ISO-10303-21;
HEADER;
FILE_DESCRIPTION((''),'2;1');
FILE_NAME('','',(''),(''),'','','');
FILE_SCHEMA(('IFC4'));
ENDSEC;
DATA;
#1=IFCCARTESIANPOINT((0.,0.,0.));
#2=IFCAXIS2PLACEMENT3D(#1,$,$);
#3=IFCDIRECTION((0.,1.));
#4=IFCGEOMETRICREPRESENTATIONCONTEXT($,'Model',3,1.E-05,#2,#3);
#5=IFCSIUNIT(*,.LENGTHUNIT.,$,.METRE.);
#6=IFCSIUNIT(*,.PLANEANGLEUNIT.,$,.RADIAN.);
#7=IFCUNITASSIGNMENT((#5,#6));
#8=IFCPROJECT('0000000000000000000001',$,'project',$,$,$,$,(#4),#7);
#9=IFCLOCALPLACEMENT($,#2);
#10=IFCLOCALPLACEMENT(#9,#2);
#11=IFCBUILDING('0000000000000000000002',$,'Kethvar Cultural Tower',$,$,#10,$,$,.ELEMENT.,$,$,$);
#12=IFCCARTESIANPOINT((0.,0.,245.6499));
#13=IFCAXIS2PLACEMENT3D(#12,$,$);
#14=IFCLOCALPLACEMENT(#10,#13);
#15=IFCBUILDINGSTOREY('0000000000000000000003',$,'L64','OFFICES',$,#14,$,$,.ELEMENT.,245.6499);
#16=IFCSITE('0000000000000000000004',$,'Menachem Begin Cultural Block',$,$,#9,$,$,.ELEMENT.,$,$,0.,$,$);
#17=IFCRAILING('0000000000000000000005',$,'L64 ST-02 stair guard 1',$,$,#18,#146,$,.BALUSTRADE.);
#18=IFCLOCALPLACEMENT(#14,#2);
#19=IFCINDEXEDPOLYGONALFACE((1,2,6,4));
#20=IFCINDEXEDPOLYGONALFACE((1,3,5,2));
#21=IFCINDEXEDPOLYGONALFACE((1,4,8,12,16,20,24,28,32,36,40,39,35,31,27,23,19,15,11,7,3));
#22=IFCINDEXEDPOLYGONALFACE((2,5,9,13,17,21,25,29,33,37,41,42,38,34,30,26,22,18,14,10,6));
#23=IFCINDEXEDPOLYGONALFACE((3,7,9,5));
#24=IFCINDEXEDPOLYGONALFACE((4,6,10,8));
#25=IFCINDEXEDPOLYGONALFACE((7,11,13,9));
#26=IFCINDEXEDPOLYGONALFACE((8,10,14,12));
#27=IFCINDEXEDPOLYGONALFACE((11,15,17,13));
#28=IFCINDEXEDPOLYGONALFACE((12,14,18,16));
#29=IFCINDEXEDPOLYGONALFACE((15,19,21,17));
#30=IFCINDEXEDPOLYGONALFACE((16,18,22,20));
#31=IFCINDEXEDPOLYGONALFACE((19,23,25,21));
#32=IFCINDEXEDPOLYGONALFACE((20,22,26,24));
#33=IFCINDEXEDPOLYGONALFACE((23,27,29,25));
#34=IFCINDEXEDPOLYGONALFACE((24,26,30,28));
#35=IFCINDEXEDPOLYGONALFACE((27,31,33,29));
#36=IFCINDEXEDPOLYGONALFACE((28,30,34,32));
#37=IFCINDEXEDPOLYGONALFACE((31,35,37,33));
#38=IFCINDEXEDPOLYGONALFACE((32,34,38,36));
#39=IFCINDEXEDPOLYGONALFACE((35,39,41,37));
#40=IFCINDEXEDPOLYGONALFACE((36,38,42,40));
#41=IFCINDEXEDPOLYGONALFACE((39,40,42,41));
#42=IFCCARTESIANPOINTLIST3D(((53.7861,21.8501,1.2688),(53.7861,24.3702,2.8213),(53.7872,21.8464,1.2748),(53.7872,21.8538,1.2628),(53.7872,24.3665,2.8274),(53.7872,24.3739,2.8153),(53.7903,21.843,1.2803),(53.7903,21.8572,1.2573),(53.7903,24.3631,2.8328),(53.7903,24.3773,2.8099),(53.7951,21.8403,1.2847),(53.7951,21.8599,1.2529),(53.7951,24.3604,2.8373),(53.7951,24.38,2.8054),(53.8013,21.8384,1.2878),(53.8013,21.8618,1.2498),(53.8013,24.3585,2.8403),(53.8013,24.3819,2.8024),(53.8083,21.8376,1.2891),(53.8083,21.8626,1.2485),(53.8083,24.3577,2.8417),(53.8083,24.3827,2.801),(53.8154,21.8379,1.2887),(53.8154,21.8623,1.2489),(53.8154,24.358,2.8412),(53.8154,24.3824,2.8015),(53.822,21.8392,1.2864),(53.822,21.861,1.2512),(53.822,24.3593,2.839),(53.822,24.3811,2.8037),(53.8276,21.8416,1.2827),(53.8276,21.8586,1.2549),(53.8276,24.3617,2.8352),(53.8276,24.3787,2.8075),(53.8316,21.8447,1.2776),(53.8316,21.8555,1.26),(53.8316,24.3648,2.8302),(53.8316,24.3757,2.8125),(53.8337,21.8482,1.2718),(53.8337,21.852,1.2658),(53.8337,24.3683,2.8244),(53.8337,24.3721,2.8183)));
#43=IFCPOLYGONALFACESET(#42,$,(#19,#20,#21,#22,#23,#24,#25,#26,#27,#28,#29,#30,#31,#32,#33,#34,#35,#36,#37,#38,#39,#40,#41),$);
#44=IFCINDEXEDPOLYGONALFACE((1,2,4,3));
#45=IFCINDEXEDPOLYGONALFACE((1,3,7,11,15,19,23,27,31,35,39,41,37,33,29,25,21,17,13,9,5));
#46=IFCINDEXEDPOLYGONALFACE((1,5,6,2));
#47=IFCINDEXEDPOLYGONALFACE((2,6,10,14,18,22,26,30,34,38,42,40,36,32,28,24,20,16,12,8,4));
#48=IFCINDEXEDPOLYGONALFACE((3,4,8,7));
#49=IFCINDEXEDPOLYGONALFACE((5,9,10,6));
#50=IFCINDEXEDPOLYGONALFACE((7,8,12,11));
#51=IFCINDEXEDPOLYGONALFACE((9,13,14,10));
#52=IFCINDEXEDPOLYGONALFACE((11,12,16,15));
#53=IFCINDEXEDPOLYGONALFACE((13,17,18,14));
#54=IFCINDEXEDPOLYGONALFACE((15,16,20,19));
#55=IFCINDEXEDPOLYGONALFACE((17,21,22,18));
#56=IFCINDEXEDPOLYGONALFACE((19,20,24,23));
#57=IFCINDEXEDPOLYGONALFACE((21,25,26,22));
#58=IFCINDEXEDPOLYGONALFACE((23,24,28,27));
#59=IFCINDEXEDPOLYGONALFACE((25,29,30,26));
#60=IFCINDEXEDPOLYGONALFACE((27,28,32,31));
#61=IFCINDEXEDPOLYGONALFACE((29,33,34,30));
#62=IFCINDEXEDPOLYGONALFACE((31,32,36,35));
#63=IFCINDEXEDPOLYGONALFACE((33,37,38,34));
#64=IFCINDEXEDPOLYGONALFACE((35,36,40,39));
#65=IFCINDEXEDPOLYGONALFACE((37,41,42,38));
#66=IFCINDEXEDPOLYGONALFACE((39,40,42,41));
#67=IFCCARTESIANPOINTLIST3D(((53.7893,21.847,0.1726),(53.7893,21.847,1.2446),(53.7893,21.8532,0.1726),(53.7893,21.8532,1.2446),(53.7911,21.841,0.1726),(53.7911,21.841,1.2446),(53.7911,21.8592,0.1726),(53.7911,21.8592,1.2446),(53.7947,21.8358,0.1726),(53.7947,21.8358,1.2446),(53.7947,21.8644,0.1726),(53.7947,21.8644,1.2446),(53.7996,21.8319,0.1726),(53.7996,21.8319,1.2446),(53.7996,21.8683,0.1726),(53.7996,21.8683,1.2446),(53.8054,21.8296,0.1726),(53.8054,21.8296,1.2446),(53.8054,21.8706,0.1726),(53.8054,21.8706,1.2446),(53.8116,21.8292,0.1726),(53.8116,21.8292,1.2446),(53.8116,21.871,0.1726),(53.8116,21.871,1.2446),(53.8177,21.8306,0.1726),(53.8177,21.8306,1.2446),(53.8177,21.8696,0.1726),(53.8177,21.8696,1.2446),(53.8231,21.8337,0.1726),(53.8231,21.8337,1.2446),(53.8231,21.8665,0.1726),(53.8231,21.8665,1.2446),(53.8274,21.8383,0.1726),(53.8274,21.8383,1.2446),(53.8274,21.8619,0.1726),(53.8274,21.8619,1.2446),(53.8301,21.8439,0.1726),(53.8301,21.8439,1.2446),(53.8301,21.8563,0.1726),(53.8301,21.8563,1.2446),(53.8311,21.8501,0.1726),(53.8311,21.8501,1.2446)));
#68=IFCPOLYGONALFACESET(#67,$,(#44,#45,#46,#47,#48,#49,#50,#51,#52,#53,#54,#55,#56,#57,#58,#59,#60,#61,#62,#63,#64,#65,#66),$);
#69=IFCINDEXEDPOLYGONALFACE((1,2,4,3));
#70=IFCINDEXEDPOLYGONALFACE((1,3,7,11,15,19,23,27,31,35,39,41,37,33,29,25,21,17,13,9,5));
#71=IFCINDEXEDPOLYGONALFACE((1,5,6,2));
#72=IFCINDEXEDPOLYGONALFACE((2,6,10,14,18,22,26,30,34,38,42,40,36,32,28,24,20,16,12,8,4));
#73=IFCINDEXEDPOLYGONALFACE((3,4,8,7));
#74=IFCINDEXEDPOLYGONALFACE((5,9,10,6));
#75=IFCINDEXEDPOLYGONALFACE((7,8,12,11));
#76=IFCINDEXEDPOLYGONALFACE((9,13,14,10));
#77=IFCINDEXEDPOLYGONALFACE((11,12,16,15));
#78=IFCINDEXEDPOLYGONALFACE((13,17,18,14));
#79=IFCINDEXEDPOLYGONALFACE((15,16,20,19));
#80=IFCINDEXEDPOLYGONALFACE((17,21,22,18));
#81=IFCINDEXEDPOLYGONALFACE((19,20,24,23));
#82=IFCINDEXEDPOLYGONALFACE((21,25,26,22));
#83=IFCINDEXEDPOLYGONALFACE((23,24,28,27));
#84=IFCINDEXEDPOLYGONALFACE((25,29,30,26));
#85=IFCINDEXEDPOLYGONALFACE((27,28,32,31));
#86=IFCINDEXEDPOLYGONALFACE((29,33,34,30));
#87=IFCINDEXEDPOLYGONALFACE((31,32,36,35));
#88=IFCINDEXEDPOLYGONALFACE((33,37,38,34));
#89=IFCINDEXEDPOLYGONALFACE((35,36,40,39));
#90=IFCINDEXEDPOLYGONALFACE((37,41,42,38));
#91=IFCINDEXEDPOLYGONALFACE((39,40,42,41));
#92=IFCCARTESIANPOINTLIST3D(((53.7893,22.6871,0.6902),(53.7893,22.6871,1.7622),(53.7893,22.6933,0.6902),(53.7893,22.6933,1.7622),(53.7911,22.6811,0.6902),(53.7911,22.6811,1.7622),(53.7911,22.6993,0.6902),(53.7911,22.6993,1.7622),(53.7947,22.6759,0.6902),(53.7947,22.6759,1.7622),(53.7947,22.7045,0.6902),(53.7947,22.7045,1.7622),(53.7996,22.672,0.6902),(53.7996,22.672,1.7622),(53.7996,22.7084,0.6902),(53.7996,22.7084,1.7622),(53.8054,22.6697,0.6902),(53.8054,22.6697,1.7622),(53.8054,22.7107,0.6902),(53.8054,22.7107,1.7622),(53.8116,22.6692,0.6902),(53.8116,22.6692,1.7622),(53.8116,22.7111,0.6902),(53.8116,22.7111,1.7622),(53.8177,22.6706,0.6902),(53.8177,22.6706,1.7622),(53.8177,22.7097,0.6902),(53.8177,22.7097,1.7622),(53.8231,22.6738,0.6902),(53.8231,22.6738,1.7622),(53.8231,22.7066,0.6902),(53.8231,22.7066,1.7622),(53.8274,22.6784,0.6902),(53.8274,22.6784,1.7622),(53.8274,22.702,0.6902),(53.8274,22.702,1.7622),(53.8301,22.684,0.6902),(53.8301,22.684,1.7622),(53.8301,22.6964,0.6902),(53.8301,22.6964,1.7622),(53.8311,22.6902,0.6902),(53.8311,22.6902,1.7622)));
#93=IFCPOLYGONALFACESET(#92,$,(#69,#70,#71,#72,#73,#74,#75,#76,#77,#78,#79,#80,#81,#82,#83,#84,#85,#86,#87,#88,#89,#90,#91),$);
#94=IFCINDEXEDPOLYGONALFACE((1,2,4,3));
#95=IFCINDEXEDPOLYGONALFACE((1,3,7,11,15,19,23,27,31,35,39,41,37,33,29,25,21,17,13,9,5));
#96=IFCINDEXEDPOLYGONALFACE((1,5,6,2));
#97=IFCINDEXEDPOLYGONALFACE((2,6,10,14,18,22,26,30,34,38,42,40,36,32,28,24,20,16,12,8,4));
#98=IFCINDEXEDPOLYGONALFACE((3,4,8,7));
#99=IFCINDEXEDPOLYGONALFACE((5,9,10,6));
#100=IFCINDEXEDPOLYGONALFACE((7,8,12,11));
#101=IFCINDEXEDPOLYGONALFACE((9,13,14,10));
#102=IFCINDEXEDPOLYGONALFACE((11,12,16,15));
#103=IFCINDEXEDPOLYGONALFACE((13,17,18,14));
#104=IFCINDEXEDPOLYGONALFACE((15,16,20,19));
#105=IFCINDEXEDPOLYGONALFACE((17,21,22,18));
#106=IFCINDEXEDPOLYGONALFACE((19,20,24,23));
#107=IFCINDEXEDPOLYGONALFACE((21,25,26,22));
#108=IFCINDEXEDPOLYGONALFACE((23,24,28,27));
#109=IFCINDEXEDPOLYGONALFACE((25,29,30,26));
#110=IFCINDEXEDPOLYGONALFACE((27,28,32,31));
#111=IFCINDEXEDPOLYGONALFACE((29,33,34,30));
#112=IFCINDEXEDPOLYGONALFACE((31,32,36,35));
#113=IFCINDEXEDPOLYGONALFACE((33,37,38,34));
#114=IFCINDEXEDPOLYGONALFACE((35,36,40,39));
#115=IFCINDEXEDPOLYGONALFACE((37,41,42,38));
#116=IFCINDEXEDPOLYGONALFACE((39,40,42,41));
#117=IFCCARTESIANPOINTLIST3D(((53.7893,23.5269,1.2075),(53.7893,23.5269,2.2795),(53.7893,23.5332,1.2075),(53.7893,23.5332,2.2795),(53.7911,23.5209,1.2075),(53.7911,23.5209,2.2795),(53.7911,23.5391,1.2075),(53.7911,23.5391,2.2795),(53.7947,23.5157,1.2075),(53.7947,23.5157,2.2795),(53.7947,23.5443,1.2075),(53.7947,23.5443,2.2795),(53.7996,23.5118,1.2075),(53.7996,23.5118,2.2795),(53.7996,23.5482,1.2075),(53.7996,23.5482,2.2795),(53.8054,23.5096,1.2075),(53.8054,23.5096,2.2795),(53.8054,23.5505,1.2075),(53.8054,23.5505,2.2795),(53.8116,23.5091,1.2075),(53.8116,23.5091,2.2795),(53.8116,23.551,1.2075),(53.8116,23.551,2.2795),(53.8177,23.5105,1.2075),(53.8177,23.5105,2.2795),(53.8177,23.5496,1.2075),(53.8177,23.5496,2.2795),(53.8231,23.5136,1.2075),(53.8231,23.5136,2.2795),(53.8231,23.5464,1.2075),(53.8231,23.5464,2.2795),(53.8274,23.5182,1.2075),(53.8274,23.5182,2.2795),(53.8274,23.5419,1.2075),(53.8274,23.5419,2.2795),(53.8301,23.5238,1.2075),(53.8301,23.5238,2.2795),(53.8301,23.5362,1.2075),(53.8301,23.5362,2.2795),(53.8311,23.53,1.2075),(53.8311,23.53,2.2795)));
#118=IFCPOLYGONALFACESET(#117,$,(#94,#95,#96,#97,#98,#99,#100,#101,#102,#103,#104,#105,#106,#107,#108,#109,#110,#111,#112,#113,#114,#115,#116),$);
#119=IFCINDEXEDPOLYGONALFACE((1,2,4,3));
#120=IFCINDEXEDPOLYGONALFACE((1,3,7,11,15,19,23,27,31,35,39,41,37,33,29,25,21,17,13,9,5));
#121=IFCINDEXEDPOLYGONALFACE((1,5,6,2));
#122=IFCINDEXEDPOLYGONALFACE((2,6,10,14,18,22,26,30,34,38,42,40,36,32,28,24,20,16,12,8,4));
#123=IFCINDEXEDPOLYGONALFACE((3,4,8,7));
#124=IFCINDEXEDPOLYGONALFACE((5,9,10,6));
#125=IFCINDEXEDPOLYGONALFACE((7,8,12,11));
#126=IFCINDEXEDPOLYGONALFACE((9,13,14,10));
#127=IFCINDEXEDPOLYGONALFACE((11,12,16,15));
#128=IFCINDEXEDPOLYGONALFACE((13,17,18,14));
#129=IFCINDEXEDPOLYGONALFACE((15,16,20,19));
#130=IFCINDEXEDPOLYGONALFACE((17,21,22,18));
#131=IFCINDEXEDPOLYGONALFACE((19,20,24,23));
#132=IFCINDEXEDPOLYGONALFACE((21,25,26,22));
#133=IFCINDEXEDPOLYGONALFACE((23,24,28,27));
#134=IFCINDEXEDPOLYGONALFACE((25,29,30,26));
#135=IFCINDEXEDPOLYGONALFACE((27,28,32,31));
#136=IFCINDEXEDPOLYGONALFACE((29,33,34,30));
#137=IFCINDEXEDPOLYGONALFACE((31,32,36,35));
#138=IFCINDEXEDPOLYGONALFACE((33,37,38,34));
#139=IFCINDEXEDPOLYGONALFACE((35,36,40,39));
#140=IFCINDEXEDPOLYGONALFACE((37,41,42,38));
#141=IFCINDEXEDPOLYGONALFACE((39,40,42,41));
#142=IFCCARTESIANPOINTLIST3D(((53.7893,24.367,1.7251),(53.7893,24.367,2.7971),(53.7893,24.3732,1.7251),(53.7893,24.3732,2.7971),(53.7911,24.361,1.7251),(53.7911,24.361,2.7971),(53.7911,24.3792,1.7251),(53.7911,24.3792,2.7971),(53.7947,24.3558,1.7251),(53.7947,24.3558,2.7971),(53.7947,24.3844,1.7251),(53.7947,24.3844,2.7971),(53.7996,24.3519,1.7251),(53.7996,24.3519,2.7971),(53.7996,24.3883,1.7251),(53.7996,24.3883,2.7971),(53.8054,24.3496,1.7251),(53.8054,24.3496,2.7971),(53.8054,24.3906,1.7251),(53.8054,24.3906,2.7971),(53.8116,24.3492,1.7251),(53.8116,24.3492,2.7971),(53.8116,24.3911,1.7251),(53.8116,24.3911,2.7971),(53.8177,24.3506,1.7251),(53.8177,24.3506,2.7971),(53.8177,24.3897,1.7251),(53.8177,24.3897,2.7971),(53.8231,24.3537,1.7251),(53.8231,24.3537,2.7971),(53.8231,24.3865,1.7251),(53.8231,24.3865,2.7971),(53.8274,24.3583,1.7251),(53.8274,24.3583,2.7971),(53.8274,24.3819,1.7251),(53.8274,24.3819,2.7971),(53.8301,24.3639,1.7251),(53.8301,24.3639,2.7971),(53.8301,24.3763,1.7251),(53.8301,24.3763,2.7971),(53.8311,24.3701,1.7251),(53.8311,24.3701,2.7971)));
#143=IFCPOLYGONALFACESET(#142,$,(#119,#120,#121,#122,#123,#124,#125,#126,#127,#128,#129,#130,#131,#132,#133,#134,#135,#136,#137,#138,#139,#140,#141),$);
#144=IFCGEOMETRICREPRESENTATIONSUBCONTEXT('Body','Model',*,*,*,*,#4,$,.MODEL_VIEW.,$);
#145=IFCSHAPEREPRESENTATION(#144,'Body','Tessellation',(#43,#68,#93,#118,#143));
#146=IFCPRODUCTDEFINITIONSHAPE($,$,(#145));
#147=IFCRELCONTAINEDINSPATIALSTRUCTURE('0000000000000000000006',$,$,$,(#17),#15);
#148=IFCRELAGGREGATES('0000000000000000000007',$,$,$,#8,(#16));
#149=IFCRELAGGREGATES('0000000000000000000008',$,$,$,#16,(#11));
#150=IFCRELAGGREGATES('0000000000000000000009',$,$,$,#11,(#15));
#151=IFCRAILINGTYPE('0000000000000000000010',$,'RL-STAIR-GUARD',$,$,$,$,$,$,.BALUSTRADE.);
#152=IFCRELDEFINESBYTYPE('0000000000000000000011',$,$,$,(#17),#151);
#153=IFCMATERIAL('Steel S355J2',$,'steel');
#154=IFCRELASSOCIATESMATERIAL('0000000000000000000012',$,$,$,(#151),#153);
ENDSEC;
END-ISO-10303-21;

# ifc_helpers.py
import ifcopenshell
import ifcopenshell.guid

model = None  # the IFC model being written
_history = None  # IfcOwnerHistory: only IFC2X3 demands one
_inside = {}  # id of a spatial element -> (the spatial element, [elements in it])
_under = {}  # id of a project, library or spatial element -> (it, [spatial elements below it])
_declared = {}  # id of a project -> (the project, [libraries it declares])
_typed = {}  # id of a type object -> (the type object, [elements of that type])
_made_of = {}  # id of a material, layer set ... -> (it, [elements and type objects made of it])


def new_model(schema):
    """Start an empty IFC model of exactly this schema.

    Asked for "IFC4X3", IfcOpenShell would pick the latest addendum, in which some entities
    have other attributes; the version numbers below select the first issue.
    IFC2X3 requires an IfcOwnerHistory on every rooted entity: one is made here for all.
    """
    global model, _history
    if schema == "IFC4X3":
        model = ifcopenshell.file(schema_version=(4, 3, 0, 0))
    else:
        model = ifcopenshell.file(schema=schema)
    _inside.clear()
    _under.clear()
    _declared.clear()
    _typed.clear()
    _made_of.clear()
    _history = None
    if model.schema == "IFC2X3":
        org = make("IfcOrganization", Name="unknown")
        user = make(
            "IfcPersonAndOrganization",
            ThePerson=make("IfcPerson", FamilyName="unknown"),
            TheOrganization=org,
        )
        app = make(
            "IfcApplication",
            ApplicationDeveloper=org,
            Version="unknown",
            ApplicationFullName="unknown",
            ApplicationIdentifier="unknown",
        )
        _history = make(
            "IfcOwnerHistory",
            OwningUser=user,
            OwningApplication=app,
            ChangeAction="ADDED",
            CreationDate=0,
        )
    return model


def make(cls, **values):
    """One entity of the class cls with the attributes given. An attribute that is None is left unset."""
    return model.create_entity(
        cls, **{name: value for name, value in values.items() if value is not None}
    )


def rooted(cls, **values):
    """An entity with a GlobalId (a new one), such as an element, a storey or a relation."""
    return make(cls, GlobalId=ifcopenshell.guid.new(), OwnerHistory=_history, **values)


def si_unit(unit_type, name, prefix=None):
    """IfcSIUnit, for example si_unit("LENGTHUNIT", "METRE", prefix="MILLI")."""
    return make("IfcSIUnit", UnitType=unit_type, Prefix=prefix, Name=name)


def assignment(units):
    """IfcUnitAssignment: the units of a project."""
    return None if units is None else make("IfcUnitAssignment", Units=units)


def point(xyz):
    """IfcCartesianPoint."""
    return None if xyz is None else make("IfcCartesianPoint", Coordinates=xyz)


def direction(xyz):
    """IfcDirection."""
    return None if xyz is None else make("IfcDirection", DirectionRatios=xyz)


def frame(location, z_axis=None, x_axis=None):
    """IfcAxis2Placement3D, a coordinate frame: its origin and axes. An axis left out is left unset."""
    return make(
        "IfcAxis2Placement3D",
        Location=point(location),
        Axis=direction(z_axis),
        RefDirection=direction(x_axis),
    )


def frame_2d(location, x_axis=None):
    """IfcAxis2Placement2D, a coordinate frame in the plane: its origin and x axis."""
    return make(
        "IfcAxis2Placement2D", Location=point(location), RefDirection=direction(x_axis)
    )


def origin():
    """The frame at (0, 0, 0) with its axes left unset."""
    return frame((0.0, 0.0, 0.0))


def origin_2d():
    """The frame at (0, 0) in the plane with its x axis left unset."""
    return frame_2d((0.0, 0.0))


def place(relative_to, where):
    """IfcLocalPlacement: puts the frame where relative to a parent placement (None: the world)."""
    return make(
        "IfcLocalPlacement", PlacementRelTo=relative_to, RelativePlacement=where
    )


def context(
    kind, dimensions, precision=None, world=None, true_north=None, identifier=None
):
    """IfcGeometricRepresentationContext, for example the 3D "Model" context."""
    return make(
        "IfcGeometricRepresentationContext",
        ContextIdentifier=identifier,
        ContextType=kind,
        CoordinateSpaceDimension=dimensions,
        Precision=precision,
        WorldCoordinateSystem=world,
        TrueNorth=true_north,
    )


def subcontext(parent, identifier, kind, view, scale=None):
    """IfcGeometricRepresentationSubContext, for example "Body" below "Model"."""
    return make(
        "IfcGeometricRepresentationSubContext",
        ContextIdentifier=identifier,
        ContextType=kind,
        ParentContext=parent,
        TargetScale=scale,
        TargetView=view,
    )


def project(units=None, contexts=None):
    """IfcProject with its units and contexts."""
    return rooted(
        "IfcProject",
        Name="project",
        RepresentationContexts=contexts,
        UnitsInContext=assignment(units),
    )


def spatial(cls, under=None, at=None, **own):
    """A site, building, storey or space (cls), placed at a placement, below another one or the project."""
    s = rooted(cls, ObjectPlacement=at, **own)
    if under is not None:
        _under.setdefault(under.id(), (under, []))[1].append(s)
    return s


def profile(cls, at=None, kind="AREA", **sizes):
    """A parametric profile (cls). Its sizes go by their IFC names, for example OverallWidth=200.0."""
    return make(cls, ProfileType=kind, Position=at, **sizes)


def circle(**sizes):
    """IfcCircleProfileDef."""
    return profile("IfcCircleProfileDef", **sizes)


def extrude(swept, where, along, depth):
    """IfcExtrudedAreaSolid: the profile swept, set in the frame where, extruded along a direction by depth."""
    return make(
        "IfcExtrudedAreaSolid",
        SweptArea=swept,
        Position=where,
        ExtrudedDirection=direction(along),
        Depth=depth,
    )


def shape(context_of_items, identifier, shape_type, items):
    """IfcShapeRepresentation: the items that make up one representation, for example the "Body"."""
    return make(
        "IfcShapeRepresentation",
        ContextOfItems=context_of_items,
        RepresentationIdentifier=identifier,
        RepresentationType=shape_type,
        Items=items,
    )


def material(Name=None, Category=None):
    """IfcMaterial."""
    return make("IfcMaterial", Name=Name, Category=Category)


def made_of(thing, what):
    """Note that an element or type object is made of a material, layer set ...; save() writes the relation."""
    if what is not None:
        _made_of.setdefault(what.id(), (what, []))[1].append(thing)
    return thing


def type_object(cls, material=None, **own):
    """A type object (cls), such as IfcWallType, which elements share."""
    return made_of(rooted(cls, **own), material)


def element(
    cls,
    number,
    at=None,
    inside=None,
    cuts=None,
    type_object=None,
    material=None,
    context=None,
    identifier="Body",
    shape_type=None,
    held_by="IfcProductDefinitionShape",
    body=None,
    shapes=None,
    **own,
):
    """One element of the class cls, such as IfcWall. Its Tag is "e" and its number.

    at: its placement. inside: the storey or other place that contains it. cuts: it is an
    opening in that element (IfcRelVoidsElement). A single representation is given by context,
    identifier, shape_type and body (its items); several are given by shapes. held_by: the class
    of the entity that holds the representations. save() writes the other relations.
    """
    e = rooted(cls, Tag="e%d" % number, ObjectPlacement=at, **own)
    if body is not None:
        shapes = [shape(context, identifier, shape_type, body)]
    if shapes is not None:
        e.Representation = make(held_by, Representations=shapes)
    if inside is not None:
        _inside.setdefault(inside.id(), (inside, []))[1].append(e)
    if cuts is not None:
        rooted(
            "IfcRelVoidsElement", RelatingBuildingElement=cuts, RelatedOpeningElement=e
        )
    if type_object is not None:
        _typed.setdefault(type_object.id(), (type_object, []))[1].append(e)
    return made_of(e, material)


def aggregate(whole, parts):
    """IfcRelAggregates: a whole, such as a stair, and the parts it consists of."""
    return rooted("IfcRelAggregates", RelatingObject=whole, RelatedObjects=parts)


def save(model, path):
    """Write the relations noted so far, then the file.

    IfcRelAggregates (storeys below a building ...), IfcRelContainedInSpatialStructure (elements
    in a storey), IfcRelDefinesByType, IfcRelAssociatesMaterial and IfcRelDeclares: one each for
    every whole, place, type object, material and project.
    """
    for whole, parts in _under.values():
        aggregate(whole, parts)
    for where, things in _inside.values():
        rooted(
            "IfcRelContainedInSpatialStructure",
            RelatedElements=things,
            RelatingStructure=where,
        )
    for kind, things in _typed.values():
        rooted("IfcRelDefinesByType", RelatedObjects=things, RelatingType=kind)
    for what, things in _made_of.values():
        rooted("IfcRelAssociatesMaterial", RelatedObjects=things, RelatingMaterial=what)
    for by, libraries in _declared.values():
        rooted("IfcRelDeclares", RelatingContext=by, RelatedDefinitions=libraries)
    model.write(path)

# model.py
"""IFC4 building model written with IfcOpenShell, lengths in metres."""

from ifc_helpers import new_model, si_unit, direction, frame, origin, origin_2d, place, context, subcontext, project, spatial, circle, extrude, material, type_object, element, save


model = new_model("IFC4")

# Units and contexts
model_context = context("Model", 3, precision=1e-05, world=origin(), true_north=direction((0.0, 1.0)))
body_context = subcontext(model_context, "Body", "Model", "MODEL_VIEW")
ifc_project = project(units=[si_unit("LENGTHUNIT", "METRE"), si_unit("PLANEANGLEUNIT", "RADIAN")], contexts=[model_context])

# Site, building, storey
site_placement = place(None, origin())
site = spatial("IfcSite", under=ifc_project, at=site_placement, Name="Menachem Begin Cultural Block", CompositionType="ELEMENT", RefElevation=0.0)
building_placement = place(site_placement, origin())
building = spatial("IfcBuilding", under=site, at=building_placement, Name="Kethvar Cultural Tower", CompositionType="ELEMENT")
storey_placement = place(building_placement, frame((0.0, 0.0, 245.6499)))
storey = spatial("IfcBuildingStorey", under=building, at=storey_placement, Name="L64", Description="OFFICES", CompositionType="ELEMENT", Elevation=245.6499)

# Shared definitions
ifc_material_1 = material(Name="Steel S355J2", Category="steel")

# Railing
railing_type_1 = type_object("IfcRailingType", Name="RL-STAIR-GUARD", PredefinedType="BALUSTRADE", material=ifc_material_1)
railing_1_placement = place(storey_placement, frame((53.8101, 21.8501, 0.1726)))
element("IfcRailing", 1, at=railing_1_placement, inside=storey, type_object=railing_type_1, Name="L64 ST-02 stair guard 1", PredefinedType="BALUSTRADE", context=body_context, shape_type="SweptSolid", body=[
    extrude(circle(Radius=0.0239, at=origin_2d()), frame((0.0, 0.0, 1.0962), z_axis=(0.0, 0.8514, 0.524516), x_axis=(-1.0, 0.0, 0.0)), (0.0, 0.0, 1.0), 2.96),
    extrude(circle(Radius=0.021, at=origin_2d()), origin(), (0.0, 0.0, 1.0), 1.072),
    extrude(circle(Radius=0.021, at=origin_2d()), frame((0.0, 0.8401, 0.5176)), (0.0, 0.0, 1.0), 1.072),
    extrude(circle(Radius=0.021, at=origin_2d()), frame((0.0, 1.6799, 1.0349)), (0.0, 0.0, 1.0), 1.072),
    extrude(circle(Radius=0.021, at=origin_2d()), frame((0.0, 2.52, 1.5525)), (0.0, 0.0, 1.0), 1.072),
])

save(model, "model.ifc")
